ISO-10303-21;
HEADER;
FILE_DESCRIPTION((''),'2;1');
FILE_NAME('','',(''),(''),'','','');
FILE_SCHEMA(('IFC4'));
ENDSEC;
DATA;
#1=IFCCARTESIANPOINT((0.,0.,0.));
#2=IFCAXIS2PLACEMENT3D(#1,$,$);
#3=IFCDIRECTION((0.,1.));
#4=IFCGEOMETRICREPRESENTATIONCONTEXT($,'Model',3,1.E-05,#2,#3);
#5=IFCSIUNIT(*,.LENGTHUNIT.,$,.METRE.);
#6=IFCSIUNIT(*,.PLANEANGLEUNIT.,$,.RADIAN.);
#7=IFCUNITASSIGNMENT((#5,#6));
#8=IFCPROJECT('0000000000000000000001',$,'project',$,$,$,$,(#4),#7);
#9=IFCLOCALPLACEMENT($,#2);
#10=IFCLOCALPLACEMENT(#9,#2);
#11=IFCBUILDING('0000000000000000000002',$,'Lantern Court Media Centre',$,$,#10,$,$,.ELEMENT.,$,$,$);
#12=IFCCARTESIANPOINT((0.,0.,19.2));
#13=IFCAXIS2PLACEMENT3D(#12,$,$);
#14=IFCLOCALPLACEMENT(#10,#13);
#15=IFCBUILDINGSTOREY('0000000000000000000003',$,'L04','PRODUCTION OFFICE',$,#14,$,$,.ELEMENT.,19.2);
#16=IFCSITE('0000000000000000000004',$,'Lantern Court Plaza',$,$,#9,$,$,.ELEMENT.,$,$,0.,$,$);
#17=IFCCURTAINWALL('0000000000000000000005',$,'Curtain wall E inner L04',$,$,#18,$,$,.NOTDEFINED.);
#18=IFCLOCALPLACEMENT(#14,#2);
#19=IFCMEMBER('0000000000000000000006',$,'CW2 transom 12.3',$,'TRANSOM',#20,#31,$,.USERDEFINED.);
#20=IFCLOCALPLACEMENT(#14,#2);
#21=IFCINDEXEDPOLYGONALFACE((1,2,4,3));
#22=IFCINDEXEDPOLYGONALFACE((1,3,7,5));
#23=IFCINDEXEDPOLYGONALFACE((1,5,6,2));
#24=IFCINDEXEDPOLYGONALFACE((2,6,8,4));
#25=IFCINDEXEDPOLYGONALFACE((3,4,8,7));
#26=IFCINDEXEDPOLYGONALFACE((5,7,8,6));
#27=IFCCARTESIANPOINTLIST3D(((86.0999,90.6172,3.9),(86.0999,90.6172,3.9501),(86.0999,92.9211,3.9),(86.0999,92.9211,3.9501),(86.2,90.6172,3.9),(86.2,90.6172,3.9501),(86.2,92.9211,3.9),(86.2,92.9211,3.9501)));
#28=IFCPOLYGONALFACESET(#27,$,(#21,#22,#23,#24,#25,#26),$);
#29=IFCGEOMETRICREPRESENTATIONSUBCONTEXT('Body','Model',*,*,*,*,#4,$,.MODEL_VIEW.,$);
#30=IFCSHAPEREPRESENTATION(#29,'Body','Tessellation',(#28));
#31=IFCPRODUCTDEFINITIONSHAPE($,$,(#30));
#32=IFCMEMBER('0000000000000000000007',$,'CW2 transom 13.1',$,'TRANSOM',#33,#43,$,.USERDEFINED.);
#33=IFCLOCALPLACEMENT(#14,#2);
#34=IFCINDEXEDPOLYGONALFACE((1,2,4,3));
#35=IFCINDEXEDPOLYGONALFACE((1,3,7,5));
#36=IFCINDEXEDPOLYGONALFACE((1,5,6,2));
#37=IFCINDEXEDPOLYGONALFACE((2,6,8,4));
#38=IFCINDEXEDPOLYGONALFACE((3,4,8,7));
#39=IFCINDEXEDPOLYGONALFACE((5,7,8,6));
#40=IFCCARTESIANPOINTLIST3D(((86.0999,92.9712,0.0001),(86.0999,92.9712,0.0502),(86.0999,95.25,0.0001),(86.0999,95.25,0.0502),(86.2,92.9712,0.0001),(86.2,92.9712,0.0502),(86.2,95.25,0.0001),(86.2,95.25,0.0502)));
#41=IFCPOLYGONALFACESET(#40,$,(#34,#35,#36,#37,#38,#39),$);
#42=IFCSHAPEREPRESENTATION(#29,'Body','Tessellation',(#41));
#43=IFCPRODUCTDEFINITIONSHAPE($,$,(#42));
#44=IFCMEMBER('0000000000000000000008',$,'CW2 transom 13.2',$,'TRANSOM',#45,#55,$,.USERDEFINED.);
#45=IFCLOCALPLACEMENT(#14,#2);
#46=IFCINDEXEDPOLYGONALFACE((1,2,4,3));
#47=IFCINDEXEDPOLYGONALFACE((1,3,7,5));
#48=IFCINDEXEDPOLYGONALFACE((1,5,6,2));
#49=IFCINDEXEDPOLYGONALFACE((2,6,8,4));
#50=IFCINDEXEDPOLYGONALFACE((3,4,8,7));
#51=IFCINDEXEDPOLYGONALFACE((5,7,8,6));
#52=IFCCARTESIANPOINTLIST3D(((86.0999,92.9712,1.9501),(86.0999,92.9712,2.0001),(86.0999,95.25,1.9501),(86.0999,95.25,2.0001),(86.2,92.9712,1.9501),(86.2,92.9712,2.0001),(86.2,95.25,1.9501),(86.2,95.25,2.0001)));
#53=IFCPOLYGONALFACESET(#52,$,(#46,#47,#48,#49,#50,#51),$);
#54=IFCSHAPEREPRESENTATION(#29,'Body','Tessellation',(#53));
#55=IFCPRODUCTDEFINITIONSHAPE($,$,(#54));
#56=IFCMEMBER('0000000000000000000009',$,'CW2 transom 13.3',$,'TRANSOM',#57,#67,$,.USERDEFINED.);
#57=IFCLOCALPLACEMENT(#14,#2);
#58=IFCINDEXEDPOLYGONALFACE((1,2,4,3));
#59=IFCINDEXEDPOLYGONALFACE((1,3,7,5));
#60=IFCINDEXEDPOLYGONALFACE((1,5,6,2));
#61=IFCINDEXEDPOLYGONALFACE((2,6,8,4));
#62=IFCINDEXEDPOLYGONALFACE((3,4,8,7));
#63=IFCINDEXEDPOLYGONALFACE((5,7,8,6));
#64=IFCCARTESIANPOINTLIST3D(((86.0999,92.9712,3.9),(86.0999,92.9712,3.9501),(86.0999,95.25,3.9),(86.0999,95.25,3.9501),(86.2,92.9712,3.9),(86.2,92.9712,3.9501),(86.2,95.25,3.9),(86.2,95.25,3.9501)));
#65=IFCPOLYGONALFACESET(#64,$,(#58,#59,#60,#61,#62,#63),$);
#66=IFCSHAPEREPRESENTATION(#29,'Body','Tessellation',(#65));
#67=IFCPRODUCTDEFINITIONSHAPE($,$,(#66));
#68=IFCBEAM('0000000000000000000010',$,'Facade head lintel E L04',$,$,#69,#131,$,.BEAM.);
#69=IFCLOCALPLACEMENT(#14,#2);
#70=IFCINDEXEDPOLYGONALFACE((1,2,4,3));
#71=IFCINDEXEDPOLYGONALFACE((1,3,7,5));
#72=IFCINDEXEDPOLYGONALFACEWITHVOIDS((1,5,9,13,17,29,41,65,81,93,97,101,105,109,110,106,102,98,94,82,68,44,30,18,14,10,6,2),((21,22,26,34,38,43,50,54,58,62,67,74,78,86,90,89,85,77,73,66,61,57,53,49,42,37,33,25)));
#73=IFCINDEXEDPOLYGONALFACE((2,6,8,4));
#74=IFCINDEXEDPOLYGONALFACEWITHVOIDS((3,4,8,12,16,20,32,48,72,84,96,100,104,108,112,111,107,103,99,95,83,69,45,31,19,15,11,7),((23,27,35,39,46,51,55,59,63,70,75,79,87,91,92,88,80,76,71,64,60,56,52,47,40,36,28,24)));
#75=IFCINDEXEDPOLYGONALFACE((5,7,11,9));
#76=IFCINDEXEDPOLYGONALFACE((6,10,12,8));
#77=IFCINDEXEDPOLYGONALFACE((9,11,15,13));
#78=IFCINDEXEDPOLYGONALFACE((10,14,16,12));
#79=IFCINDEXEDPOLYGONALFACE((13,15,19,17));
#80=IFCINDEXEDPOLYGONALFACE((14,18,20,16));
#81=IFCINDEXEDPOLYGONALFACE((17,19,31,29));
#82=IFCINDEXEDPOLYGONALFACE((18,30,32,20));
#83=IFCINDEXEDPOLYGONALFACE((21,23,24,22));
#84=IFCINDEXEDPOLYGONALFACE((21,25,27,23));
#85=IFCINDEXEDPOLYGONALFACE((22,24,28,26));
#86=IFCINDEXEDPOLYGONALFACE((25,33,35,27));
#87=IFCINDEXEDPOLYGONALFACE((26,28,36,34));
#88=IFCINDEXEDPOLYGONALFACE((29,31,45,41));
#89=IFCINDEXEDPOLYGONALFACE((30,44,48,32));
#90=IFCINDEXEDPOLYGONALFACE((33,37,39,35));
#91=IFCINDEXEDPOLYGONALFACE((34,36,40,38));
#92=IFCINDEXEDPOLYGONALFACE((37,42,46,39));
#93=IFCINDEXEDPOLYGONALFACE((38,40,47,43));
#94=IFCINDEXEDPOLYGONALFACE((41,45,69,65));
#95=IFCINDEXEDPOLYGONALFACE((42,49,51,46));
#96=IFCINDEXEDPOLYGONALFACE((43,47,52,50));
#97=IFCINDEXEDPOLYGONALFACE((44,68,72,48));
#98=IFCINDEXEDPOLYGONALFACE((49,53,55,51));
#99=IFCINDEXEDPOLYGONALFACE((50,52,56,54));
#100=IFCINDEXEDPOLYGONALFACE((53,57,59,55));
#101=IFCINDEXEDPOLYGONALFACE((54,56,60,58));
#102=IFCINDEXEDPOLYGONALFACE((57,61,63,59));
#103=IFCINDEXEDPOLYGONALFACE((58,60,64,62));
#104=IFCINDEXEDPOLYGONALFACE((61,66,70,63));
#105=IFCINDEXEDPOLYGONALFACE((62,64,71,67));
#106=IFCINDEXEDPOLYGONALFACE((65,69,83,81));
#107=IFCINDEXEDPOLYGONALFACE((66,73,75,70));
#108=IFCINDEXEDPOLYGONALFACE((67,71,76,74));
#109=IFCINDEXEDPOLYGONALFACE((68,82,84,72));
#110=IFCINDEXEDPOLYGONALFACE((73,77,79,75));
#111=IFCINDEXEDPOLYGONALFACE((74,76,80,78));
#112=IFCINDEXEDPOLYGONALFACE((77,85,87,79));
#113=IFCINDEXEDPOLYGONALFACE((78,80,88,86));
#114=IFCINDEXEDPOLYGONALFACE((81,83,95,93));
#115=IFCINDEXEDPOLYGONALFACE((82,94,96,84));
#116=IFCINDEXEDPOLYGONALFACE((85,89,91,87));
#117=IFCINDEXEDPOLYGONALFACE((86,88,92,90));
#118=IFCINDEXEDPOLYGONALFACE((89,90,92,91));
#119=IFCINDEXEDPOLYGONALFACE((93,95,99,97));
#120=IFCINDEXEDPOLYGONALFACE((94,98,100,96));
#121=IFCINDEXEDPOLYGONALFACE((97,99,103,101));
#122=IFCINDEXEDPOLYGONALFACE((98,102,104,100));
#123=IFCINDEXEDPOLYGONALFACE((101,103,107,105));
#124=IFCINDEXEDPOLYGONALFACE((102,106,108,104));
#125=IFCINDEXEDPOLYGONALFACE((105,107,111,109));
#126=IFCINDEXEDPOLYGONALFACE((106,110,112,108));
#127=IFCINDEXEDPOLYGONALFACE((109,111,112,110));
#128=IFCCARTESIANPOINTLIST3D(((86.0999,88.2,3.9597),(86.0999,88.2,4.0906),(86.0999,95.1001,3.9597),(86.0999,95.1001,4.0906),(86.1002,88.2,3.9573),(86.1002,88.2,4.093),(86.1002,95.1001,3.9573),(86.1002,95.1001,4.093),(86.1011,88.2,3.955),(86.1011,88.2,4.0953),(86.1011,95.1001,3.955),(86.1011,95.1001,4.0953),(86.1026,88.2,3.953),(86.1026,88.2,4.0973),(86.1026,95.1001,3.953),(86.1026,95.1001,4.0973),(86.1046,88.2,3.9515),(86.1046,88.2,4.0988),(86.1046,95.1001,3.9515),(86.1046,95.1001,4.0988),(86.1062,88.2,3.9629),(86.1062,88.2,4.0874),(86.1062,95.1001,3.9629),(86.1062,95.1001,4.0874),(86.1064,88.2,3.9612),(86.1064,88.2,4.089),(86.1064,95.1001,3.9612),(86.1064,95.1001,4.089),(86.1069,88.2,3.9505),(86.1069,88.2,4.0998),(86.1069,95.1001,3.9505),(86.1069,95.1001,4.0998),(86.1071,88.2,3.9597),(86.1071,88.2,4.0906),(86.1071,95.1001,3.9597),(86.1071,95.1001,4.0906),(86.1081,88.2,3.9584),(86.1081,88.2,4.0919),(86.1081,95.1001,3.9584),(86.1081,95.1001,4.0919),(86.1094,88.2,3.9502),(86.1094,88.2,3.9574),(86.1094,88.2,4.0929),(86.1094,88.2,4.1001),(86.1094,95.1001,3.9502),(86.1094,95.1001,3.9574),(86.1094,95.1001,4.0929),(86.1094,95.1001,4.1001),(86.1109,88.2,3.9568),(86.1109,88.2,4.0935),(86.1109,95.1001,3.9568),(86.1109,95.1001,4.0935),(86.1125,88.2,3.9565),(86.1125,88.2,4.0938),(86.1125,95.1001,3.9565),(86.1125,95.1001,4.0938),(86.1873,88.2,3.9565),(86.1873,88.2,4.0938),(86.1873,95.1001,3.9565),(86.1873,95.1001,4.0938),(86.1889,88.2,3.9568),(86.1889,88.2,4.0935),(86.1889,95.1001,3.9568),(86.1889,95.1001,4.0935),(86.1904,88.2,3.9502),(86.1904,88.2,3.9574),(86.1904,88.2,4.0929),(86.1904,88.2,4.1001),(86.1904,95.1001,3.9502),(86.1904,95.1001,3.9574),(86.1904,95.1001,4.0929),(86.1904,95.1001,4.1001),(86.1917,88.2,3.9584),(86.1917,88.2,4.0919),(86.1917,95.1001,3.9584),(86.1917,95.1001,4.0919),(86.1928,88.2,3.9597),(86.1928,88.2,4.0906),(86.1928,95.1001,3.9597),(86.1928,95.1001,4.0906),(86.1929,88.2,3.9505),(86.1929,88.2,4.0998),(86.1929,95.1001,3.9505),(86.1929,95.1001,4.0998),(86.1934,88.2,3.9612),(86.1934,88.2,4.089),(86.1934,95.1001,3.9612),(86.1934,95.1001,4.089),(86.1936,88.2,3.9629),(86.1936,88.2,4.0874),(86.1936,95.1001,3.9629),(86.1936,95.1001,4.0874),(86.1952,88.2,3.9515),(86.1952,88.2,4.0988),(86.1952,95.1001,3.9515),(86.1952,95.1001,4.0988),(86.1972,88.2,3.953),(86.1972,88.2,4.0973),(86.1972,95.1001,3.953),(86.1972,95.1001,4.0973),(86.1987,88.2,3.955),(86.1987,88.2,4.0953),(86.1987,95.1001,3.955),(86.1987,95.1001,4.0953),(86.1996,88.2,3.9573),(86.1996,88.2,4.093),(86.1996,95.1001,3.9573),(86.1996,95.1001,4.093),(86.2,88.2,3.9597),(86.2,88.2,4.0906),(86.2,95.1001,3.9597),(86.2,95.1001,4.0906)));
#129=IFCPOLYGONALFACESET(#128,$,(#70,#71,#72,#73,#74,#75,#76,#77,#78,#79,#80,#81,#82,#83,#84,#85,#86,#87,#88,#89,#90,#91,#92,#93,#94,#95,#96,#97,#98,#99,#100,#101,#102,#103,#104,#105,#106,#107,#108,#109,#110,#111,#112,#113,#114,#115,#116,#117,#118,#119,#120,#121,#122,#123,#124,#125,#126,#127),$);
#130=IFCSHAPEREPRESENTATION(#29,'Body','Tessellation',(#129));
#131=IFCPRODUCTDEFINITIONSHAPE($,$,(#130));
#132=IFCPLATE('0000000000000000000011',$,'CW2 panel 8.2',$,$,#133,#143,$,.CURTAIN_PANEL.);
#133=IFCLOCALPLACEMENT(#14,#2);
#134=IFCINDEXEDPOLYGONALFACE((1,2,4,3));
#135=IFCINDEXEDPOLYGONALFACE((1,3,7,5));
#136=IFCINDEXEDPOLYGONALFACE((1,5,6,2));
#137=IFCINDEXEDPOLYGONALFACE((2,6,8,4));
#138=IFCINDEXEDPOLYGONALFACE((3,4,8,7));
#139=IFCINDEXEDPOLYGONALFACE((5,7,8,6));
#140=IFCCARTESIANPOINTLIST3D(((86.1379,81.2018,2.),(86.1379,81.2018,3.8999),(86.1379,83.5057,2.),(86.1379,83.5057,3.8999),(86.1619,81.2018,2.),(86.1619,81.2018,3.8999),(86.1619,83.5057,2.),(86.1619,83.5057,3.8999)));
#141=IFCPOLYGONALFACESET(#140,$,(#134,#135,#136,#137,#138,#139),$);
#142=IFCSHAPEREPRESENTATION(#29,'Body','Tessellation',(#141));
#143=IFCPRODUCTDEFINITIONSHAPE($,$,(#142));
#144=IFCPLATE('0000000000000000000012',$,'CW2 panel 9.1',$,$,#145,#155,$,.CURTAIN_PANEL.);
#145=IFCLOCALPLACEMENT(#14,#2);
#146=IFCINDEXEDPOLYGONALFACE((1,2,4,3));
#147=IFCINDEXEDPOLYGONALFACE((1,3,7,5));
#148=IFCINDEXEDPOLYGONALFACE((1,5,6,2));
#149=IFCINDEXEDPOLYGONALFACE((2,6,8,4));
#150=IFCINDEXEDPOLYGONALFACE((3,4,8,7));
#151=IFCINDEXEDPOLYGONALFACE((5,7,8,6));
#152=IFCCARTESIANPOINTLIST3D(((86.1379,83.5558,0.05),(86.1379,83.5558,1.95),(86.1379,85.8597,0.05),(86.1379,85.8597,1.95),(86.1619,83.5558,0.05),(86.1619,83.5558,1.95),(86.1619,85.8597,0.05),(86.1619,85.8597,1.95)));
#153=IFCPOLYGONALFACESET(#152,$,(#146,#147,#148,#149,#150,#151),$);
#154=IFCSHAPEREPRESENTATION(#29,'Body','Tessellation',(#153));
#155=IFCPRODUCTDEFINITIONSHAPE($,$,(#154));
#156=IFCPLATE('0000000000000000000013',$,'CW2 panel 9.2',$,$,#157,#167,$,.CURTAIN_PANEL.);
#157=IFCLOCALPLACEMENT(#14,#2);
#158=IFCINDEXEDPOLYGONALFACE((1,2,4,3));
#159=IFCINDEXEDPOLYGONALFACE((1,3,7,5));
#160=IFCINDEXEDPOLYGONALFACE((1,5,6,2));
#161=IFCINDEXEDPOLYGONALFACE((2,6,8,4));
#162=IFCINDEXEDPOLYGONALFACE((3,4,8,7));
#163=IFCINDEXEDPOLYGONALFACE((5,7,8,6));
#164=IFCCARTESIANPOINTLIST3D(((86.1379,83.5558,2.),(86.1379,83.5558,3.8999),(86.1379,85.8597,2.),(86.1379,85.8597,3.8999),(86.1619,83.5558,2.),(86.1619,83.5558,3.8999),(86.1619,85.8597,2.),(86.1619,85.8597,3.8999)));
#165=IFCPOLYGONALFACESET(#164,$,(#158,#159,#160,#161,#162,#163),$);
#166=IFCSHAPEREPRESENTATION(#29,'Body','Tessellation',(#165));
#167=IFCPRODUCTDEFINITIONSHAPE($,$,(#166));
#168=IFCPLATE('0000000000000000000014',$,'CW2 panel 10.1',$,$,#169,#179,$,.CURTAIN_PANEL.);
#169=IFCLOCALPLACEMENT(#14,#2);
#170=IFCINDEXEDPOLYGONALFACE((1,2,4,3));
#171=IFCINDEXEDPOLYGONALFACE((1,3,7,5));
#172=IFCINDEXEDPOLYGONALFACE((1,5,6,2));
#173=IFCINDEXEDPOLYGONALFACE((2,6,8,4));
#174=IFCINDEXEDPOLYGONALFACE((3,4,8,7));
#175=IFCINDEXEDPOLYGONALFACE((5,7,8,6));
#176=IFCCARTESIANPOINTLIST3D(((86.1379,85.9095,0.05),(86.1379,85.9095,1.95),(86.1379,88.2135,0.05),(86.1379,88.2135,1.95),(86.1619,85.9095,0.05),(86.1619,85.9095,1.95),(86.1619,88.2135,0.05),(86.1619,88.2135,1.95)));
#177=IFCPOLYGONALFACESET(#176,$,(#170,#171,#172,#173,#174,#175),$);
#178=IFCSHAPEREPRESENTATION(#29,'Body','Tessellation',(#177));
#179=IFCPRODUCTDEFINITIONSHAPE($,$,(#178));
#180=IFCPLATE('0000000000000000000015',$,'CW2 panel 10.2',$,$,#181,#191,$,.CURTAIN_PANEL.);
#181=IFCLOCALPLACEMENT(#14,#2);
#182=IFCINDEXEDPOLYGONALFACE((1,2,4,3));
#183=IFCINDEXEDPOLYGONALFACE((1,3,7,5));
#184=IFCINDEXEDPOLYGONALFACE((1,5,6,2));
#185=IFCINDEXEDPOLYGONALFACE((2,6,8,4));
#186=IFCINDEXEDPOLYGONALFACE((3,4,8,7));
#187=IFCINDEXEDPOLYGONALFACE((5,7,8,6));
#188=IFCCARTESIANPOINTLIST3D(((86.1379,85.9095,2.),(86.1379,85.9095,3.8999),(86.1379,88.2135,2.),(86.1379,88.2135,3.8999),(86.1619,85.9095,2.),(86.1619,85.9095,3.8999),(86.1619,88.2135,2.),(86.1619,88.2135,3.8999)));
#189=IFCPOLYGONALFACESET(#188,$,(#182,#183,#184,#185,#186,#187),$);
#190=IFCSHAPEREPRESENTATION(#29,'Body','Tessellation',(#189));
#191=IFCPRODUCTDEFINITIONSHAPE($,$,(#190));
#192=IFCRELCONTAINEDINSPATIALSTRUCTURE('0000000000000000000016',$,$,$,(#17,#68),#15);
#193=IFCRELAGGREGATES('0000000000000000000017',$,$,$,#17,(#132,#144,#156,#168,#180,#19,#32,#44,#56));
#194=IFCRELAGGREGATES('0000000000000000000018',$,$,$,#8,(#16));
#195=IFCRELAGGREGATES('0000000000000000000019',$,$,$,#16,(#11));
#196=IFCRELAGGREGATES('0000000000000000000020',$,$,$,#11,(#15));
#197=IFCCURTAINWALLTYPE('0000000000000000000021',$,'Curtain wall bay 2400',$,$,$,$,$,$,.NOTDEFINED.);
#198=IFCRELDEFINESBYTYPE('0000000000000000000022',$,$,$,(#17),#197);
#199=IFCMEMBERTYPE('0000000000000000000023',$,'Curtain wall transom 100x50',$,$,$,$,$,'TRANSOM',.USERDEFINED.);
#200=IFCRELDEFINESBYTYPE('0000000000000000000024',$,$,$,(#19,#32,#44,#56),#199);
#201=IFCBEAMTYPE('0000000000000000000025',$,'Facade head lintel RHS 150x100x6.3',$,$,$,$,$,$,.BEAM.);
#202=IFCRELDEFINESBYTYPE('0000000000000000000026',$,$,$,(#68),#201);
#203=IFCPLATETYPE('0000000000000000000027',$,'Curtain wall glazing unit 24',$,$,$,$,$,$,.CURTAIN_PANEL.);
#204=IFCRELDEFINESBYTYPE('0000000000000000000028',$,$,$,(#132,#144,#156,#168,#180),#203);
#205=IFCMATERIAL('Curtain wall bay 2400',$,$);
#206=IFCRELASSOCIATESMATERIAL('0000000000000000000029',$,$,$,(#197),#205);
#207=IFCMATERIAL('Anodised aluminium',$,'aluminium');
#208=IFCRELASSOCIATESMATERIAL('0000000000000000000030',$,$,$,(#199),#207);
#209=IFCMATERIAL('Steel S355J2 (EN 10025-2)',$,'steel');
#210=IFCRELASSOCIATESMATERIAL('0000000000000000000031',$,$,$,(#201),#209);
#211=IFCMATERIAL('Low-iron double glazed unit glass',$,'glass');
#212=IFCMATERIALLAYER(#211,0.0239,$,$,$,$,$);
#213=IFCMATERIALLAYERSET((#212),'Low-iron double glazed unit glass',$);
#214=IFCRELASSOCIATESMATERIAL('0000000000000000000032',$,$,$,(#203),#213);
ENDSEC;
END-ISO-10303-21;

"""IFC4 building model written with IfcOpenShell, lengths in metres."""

from ifc_helpers import new_model, si_unit, direction, frame, origin, origin_2d, place, context, subcontext, project, spatial, rectangle, hollow_rectangle, extrude, material, layer, layer_set, material_profile, profile_set, type_object, element, aggregate, save


model = new_model("IFC4")

# Units and contexts
model_context = context("Model", 3, precision=1e-05, world=origin(), true_north=direction((0.0, 1.0)))
body_context = subcontext(model_context, "Body", "Model", "MODEL_VIEW")
ifc_project = project(units=[si_unit("LENGTHUNIT", "METRE"), si_unit("PLANEANGLEUNIT", "RADIAN")], contexts=[model_context])

# Site, building, storey
site_placement = place(None, origin())
site = spatial("IfcSite", under=ifc_project, at=site_placement, Name="Lantern Court Plaza", CompositionType="ELEMENT", RefElevation=0.0)
building_placement = place(site_placement, origin())
building = spatial("IfcBuilding", under=site, at=building_placement, Name="Lantern Court Media Centre", CompositionType="ELEMENT")
storey_placement = place(building_placement, frame((0.0, 0.0, 19.2)))
storey = spatial("IfcBuildingStorey", under=building, at=storey_placement, Name="L04", Description="PRODUCTION OFFICE", CompositionType="ELEMENT", Elevation=19.2)

# Curtain wall, members
ifc_material_1 = material(Name="Curtain wall bay 2400")
curtain_wall_type = type_object("IfcCurtainWallType", Name="Curtain wall bay 2400", PredefinedType="NOTDEFINED", material=ifc_material_1)
curtain_wall_placement = place(storey_placement, origin())
curtain_wall = element("IfcCurtainWall", 1, at=curtain_wall_placement, inside=storey, type_object=curtain_wall_type, Name="Curtain wall E inner L04", PredefinedType="NOTDEFINED")
ifc_material_2 = material(Name="Anodised aluminium", Category="aluminium")
ifc_material_profile_1 = material_profile(ifc_material_2, rectangle(XDim=0.1001, YDim=0.05, at=origin_2d()), Name="AL 50x100")
ifc_profile_set_1 = profile_set([ifc_material_profile_1], Name="Anodised aluminium")
member_type_1 = type_object("IfcMemberType", Name="Curtain wall transom 100x50", ElementType="TRANSOM", PredefinedType="USERDEFINED", material=ifc_profile_set_1)
member_1_placement = place(storey_placement, frame((86.1499, 90.6172, 3.925), z_axis=(0.0, 1.0, 0.0), x_axis=(-1.0, 0.0, 0.0)))
member_1 = element("IfcMember", 2, at=member_1_placement, type_object=member_type_1, Name="CW2 transom 12.3", ObjectType="TRANSOM", PredefinedType="USERDEFINED", context=body_context, shape_type="SweptSolid", body=[
    extrude(rectangle(XDim=0.1001, YDim=0.05, at=origin_2d()), origin(), (0.0, 0.0, 1.0), 2.304),
])
member_2_placement = place(storey_placement, frame((86.1499, 92.9712, 0.0251), z_axis=(0.0, 1.0, 0.0), x_axis=(-1.0, 0.0, 0.0)))
member_2 = element("IfcMember", 3, at=member_2_placement, type_object=member_type_1, Name="CW2 transom 13.1", ObjectType="TRANSOM", PredefinedType="USERDEFINED", context=body_context, shape_type="SweptSolid", body=[
    extrude(rectangle(XDim=0.1001, YDim=0.05, at=origin_2d()), origin(), (0.0, 0.0, 1.0), 2.2788),
])
member_3_placement = place(storey_placement, frame((86.1499, 92.9712, 1.9751), z_axis=(0.0, 1.0, 0.0), x_axis=(-1.0, 0.0, 0.0)))
member_3 = element("IfcMember", 4, at=member_3_placement, type_object=member_type_1, Name="CW2 transom 13.2", ObjectType="TRANSOM", PredefinedType="USERDEFINED", context=body_context, shape_type="SweptSolid", body=[
    extrude(rectangle(XDim=0.1001, YDim=0.05, at=origin_2d()), origin(), (0.0, 0.0, 1.0), 2.2788),
])
member_4_placement = place(storey_placement, frame((86.1499, 92.9712, 3.925), z_axis=(0.0, 1.0, 0.0), x_axis=(-1.0, 0.0, 0.0)))
member_4 = element("IfcMember", 5, at=member_4_placement, type_object=member_type_1, Name="CW2 transom 13.3", ObjectType="TRANSOM", PredefinedType="USERDEFINED", context=body_context, shape_type="SweptSolid", body=[
    extrude(rectangle(XDim=0.1001, YDim=0.05, at=origin_2d()), origin(), (0.0, 0.0, 1.0), 2.2788),
])

# Beam
ifc_material_3 = material(Name="Steel S355J2 (EN 10025-2)", Category="steel")
ifc_material_profile_2 = material_profile(ifc_material_3, hollow_rectangle(XDim=0.1001, YDim=0.1499, WallThickness=0.0063, InnerFilletRadius=0.0063, OuterFilletRadius=0.0095, at=origin_2d()), Name="Facade head lintel RHS 150x100x6.3")
ifc_profile_set_2 = profile_set([ifc_material_profile_2], Name="Steel S355J2 (EN 10025-2)")
beam_type = type_object("IfcBeamType", Name="Facade head lintel RHS 150x100x6.3", PredefinedType="BEAM", material=ifc_profile_set_2)
beam_placement = place(storey_placement, frame((86.1499, 88.2, 4.0251), z_axis=(0.0, 1.0, 0.0), x_axis=(-1.0, 0.0, 0.0)))
element("IfcBeam", 6, at=beam_placement, inside=storey, type_object=beam_type, Name="Facade head lintel E L04", PredefinedType="BEAM", context=body_context, shape_type="SweptSolid", body=[
    extrude(hollow_rectangle(XDim=0.1001, YDim=0.1499, WallThickness=0.0063, InnerFilletRadius=0.0063, OuterFilletRadius=0.0095, at=origin_2d()), origin(), (0.0, 0.0, 1.0), 6.9001),
])

# Plates
ifc_material_4 = material(Name="Low-iron double glazed unit glass", Category="glass")
ifc_layer_1 = layer(ifc_material_4, 0.0239)
ifc_layer_set_1 = layer_set([ifc_layer_1], Name="Low-iron double glazed unit glass")
plate_type = type_object("IfcPlateType", Name="Curtain wall glazing unit 24", PredefinedType="CURTAIN_PANEL", material=ifc_layer_set_1)
plate_1_placement = place(storey_placement, frame((86.1499, 82.3538, 2.0), z_axis=(0.0, 0.0, 1.0), x_axis=(0.0, 1.0, 0.0)))
plate_1 = element("IfcPlate", 7, at=plate_1_placement, type_object=plate_type, Name="CW2 panel 8.2", PredefinedType="CURTAIN_PANEL", context=body_context, shape_type="SweptSolid", body=[
    extrude(rectangle(XDim=2.304, YDim=0.0239, at=origin_2d()), origin(), (0.0, 0.0, 1.0), 1.8999),
])
plate_2_placement = place(storey_placement, frame((86.1499, 84.7078, 0.05), z_axis=(0.0, 0.0, 1.0), x_axis=(0.0, 1.0, 0.0)))
plate_2 = element("IfcPlate", 8, at=plate_2_placement, type_object=plate_type, Name="CW2 panel 9.1", PredefinedType="CURTAIN_PANEL", context=body_context, shape_type="SweptSolid", body=[
    extrude(rectangle(XDim=2.304, YDim=0.0239, at=origin_2d()), origin(), (0.0, 0.0, 1.0), 1.8999),
])
plate_3_placement = place(storey_placement, frame((86.1499, 84.7078, 2.0), z_axis=(0.0, 0.0, 1.0), x_axis=(0.0, 1.0, 0.0)))
plate_3 = element("IfcPlate", 9, at=plate_3_placement, type_object=plate_type, Name="CW2 panel 9.2", PredefinedType="CURTAIN_PANEL", context=body_context, shape_type="SweptSolid", body=[
    extrude(rectangle(XDim=2.304, YDim=0.0239, at=origin_2d()), origin(), (0.0, 0.0, 1.0), 1.8999),
])
plate_4_placement = place(storey_placement, frame((86.1499, 87.0615, 0.05), z_axis=(0.0, 0.0, 1.0), x_axis=(0.0, 1.0, 0.0)))
plate_4 = element("IfcPlate", 10, at=plate_4_placement, type_object=plate_type, Name="CW2 panel 10.1", PredefinedType="CURTAIN_PANEL", context=body_context, shape_type="SweptSolid", body=[
    extrude(rectangle(XDim=2.304, YDim=0.0239, at=origin_2d()), origin(), (0.0, 0.0, 1.0), 1.8999),
])
plate_5_placement = place(storey_placement, frame((86.1499, 87.0615, 2.0), z_axis=(0.0, 0.0, 1.0), x_axis=(0.0, 1.0, 0.0)))
plate_5 = element("IfcPlate", 11, at=plate_5_placement, type_object=plate_type, Name="CW2 panel 10.2", PredefinedType="CURTAIN_PANEL", context=body_context, shape_type="SweptSolid", body=[
    extrude(rectangle(XDim=2.304, YDim=0.0239, at=origin_2d()), origin(), (0.0, 0.0, 1.0), 1.8999),
])
aggregate(curtain_wall, [plate_1, plate_2, plate_3, plate_4, plate_5, member_1, member_2, member_3, member_4])

save(model, "model.ifc")
